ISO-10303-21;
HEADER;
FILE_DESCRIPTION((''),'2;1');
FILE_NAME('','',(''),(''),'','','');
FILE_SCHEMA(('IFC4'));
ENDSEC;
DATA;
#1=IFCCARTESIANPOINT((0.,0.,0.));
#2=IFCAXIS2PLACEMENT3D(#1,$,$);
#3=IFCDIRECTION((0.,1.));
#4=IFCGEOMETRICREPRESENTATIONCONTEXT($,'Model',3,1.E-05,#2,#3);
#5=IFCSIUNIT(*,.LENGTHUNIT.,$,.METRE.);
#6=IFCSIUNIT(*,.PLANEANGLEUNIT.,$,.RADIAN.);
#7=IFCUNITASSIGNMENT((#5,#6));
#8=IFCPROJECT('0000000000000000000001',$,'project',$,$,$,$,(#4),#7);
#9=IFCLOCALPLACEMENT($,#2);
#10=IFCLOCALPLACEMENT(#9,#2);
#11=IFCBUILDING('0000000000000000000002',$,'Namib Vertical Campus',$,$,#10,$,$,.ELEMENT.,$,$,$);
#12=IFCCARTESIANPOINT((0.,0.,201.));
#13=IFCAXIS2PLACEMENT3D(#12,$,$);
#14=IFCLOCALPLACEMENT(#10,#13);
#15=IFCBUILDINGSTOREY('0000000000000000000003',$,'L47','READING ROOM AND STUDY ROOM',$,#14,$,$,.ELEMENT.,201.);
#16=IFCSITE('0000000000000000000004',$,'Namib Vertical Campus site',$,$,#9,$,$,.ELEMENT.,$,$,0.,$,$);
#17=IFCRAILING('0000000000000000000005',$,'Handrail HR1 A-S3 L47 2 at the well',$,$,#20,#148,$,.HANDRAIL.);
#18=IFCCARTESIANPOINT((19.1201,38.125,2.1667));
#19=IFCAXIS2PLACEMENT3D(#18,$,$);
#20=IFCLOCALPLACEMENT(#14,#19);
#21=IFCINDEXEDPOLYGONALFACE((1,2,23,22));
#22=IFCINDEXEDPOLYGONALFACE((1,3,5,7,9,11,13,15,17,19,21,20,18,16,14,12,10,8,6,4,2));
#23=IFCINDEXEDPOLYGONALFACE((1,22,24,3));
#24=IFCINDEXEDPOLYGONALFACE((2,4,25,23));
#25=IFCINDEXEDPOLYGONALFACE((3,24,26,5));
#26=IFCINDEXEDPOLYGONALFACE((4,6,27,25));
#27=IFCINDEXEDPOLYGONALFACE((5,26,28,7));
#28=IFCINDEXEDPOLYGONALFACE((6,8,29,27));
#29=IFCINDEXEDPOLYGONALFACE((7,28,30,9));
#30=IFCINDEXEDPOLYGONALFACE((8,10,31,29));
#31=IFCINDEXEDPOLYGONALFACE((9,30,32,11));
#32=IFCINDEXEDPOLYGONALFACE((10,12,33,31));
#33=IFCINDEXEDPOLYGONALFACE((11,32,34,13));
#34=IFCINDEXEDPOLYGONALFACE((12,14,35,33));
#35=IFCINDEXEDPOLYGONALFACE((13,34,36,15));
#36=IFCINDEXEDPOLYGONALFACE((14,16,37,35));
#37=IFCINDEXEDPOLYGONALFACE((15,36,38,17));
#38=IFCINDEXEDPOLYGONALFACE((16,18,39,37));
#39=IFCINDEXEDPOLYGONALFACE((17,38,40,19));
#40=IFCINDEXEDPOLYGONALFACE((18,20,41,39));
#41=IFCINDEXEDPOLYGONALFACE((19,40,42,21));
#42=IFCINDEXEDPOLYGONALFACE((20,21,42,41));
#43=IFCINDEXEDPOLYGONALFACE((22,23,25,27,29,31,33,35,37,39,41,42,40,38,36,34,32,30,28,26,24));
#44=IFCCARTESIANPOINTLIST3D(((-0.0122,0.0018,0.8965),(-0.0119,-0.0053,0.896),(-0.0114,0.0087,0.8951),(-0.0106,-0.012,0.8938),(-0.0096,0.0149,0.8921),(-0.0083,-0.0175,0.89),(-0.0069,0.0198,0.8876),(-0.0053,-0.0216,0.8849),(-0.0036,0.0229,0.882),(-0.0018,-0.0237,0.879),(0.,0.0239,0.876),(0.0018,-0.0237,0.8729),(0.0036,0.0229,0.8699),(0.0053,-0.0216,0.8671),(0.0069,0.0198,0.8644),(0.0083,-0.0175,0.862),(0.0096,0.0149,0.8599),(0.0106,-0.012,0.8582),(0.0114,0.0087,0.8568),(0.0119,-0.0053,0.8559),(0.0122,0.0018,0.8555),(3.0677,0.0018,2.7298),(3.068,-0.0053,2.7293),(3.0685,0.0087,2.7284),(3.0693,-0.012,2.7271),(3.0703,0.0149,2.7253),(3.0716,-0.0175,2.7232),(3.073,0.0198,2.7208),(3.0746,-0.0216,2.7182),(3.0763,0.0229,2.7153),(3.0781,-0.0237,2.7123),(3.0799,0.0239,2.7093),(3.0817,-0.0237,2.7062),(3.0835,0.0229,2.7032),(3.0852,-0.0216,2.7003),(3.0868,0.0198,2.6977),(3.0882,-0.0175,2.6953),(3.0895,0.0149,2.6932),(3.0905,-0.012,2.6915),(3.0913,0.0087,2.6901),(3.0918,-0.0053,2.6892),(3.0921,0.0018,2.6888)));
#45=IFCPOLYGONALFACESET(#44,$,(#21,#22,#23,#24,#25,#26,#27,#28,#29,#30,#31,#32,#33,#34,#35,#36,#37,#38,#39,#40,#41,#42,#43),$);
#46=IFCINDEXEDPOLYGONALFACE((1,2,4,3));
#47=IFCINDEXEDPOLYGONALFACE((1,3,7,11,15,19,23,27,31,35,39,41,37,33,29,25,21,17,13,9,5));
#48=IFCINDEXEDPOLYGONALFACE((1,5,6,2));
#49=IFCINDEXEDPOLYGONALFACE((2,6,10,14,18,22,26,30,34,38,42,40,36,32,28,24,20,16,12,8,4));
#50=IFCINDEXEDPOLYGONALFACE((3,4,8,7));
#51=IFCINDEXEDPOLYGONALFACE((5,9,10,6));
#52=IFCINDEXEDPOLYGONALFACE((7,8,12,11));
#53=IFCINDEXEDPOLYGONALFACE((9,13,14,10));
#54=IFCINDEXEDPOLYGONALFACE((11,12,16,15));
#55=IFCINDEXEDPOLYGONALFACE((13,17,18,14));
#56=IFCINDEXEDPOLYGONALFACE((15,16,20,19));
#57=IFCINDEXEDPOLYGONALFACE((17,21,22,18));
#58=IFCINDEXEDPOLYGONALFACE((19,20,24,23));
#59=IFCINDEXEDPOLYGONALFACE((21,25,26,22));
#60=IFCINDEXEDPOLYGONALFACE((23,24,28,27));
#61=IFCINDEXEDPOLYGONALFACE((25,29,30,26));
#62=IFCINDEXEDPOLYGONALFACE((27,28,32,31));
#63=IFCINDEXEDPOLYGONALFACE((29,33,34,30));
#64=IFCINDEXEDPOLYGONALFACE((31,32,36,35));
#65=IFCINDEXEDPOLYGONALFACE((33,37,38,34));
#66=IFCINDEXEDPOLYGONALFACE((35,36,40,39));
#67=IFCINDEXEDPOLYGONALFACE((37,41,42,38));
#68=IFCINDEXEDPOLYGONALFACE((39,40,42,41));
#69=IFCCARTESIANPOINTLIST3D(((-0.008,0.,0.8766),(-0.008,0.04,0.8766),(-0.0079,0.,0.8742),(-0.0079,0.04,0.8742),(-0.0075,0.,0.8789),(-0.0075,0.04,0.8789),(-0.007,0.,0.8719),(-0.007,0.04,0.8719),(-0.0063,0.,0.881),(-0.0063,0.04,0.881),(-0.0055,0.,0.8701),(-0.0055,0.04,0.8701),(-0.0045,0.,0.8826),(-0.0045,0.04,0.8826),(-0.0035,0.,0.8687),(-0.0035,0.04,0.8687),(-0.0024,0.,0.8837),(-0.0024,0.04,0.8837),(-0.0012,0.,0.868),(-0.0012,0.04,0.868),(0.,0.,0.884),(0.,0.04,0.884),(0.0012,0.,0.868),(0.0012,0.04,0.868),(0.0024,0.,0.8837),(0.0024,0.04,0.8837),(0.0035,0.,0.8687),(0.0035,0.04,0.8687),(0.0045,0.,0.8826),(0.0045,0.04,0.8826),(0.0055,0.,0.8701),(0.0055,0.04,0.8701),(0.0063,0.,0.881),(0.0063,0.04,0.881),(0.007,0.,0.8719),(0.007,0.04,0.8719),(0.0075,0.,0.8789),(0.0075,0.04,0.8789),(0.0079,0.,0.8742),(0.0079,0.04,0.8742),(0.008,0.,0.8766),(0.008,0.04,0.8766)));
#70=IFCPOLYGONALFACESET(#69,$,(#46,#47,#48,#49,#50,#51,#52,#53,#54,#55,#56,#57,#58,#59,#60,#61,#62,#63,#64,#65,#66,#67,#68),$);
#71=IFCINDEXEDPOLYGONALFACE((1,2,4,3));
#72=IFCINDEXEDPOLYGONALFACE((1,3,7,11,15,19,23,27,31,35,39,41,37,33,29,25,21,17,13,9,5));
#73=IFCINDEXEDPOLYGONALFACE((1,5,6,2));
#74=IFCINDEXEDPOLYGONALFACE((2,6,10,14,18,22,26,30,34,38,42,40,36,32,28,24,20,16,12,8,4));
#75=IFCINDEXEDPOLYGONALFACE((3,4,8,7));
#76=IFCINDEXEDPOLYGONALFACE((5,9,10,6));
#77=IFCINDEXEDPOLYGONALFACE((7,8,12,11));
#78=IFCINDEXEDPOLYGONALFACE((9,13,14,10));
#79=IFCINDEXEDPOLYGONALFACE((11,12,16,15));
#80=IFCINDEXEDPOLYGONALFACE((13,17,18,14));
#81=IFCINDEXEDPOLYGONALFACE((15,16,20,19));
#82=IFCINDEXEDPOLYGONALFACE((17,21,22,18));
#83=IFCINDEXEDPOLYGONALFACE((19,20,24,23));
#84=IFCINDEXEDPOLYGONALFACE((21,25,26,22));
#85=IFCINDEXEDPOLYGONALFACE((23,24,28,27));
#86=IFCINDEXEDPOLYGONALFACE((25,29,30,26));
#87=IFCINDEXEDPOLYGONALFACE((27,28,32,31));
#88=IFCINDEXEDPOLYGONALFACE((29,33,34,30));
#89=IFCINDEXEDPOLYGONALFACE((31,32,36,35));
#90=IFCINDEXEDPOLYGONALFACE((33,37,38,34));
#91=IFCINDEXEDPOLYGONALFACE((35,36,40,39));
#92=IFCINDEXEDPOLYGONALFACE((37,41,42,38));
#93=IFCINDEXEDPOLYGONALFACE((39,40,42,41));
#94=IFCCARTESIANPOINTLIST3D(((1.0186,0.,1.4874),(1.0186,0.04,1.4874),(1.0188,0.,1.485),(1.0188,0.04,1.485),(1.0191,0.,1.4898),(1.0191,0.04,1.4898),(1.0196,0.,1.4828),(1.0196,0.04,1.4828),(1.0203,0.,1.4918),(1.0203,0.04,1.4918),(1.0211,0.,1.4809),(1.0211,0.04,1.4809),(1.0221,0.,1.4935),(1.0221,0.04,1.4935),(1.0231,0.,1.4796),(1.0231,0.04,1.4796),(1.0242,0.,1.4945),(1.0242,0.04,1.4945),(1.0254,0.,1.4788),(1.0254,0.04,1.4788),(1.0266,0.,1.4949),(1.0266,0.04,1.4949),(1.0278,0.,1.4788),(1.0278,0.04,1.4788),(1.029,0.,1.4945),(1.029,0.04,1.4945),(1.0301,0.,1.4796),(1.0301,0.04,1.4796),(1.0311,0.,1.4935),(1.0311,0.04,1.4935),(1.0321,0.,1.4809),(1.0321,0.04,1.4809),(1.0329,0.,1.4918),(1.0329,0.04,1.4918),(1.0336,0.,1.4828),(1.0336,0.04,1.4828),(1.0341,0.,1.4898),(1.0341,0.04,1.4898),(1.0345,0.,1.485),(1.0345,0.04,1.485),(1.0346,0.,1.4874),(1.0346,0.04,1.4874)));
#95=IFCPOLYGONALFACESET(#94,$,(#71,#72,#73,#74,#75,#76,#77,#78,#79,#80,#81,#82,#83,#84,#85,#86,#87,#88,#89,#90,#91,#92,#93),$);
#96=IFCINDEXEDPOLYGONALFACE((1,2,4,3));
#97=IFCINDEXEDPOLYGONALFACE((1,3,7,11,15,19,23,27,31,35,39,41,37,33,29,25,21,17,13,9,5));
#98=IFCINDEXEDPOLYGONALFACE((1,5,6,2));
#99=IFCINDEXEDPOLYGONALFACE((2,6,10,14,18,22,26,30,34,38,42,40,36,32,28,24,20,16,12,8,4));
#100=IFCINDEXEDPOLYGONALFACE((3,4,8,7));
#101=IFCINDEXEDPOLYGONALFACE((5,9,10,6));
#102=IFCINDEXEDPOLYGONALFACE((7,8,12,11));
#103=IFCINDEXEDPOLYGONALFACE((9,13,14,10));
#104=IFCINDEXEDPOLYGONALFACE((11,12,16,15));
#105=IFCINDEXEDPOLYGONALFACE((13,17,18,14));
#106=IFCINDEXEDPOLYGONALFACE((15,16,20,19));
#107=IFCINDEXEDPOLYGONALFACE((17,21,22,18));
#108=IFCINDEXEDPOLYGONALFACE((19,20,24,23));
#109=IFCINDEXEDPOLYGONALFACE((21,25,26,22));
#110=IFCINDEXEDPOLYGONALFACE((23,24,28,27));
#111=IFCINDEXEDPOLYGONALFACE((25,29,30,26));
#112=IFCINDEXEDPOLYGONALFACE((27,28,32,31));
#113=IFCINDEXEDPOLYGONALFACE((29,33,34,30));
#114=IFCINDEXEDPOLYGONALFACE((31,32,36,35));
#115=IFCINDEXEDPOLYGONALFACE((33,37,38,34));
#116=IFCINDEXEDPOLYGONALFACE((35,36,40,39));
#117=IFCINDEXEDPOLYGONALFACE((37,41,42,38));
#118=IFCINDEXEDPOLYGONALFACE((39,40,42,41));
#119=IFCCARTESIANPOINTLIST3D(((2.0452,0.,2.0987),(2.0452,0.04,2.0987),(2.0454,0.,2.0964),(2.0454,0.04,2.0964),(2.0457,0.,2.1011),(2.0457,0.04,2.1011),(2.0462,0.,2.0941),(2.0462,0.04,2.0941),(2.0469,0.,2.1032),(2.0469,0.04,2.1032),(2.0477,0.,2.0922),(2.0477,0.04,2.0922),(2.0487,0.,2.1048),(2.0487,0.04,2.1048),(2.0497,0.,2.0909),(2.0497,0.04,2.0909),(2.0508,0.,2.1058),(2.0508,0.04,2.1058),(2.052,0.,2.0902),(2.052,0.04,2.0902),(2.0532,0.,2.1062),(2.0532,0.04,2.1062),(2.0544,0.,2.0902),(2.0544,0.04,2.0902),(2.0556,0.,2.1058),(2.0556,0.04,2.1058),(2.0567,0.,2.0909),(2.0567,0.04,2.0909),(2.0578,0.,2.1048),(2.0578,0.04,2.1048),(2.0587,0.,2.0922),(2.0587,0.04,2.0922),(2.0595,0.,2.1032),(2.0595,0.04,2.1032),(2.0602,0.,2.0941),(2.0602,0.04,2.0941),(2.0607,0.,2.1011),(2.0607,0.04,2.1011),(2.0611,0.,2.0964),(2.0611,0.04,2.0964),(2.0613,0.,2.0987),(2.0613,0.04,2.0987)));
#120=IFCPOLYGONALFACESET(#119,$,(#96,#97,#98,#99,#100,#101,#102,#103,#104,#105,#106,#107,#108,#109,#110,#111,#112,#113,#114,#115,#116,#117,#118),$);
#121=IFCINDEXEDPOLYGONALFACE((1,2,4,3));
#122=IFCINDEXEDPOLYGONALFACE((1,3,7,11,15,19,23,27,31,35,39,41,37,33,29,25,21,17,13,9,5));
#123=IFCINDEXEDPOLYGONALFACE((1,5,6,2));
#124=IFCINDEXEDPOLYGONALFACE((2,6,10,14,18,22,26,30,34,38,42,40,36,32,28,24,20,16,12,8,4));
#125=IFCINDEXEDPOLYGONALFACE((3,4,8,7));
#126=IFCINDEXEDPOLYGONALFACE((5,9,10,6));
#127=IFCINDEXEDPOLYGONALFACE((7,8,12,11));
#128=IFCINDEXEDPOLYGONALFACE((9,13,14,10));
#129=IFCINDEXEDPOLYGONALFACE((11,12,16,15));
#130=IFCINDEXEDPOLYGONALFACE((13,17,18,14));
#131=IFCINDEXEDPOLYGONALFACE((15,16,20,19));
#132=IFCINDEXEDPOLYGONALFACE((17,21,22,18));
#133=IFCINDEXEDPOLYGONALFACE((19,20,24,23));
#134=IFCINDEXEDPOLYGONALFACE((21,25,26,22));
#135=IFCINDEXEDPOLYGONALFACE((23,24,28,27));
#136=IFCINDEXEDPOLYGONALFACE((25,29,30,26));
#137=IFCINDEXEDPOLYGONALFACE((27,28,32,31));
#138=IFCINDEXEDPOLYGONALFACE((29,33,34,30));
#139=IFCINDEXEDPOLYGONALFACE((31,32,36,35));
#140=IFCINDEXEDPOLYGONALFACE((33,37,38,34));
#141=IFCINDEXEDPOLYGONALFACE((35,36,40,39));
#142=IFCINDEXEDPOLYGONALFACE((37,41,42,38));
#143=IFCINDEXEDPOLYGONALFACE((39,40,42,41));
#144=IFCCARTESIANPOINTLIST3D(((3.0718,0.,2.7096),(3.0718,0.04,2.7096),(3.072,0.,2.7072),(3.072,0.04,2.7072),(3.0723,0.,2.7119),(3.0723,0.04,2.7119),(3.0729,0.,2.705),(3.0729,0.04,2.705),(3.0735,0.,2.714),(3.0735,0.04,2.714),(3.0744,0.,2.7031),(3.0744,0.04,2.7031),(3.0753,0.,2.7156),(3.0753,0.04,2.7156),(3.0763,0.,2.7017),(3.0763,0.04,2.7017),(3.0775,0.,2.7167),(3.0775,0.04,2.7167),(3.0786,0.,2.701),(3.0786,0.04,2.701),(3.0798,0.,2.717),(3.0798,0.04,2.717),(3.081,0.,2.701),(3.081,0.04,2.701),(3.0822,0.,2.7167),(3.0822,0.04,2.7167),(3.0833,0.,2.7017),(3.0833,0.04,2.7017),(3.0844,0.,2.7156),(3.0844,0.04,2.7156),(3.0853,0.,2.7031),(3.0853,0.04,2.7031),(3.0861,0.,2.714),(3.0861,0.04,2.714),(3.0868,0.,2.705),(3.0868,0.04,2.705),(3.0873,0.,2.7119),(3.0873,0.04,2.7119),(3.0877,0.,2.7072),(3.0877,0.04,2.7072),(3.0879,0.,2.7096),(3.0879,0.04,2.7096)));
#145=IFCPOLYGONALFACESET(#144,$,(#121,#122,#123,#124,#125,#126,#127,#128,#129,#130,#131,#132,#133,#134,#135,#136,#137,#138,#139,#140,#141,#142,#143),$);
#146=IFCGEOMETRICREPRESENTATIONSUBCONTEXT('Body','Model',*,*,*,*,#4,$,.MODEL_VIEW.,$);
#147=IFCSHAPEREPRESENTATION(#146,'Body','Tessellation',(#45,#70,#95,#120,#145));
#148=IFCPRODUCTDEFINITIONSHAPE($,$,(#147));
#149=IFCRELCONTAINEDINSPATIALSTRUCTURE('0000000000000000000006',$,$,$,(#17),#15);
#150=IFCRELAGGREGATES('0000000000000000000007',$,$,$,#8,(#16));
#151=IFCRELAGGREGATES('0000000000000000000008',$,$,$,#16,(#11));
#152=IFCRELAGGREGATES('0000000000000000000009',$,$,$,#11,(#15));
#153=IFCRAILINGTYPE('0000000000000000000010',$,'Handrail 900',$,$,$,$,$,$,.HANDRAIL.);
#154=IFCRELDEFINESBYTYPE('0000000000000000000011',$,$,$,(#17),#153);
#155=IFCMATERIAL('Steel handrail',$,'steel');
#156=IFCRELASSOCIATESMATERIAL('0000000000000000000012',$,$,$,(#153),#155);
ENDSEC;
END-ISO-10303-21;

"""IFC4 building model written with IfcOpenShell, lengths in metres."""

from ifc_helpers import new_model, si_unit, direction, frame, origin, origin_2d, place, context, subcontext, project, spatial, circle, extrude, material, type_object, element, save


model = new_model("IFC4")

# Units and contexts
model_context = context("Model", 3, precision=1e-05, world=origin(), true_north=direction((0.0, 1.0)))
body_context = subcontext(model_context, "Body", "Model", "MODEL_VIEW")
ifc_project = project(units=[si_unit("LENGTHUNIT", "METRE"), si_unit("PLANEANGLEUNIT", "RADIAN")], contexts=[model_context])

# Site, building, storey
site_placement = place(None, origin())
site = spatial("IfcSite", under=ifc_project, at=site_placement, Name="Namib Vertical Campus site", CompositionType="ELEMENT", RefElevation=0.0)
building_placement = place(site_placement, origin())
building = spatial("IfcBuilding", under=site, at=building_placement, Name="Namib Vertical Campus", CompositionType="ELEMENT")
storey_placement = place(building_placement, frame((0.0, 0.0, 201.0)))
storey = spatial("IfcBuildingStorey", under=building, at=storey_placement, Name="L47", Description="READING ROOM AND STUDY ROOM", CompositionType="ELEMENT", Elevation=201.0)

# Railing
ifc_material_1 = material(Name="Steel handrail", Category="steel")
railing_type_1 = type_object("IfcRailingType", Name="Handrail 900", PredefinedType="HANDRAIL", material=ifc_material_1)
railing_1_placement = place(storey_placement, frame((19.1201, 38.125, 2.1667)))
element("IfcRailing", 1, at=railing_1_placement, inside=storey, type_object=railing_type_1, Name="Handrail HR1 A-S3 L47 2 at the well", PredefinedType="HANDRAIL", context=body_context, shape_type="SweptSolid", body=[
    extrude(circle(Radius=0.0239, at=origin_2d()), frame((0.0, 0.0, 0.876), z_axis=(0.859291, 0.0, 0.511487), x_axis=(0.0, 1.0, 0.0)), (0.0, 0.0, 1.0), 3.5842),
    extrude(circle(Radius=0.0081, at=origin_2d()), frame((0.0, 0.0, 0.876), z_axis=(0.0, 1.0, 0.0), x_axis=(0.0, 0.0, 1.0)), (0.0, 0.0, 1.0), 0.04),
    extrude(circle(Radius=0.0081, at=origin_2d()), frame((1.0266, 0.0, 1.4868), z_axis=(0.0, 1.0, 0.0), x_axis=(0.0, 0.0, 1.0)), (0.0, 0.0, 1.0), 0.04),
    extrude(circle(Radius=0.0081, at=origin_2d()), frame((2.0532, 0.0, 2.0981), z_axis=(0.0, 1.0, 0.0), x_axis=(0.0, 0.0, 1.0)), (0.0, 0.0, 1.0), 0.04),
    extrude(circle(Radius=0.0081, at=origin_2d()), frame((3.0798, 0.0, 2.709), z_axis=(0.0, 1.0, 0.0), x_axis=(0.0, 0.0, 1.0)), (0.0, 0.0, 1.0), 0.04),
])

save(model, "model.ifc")
